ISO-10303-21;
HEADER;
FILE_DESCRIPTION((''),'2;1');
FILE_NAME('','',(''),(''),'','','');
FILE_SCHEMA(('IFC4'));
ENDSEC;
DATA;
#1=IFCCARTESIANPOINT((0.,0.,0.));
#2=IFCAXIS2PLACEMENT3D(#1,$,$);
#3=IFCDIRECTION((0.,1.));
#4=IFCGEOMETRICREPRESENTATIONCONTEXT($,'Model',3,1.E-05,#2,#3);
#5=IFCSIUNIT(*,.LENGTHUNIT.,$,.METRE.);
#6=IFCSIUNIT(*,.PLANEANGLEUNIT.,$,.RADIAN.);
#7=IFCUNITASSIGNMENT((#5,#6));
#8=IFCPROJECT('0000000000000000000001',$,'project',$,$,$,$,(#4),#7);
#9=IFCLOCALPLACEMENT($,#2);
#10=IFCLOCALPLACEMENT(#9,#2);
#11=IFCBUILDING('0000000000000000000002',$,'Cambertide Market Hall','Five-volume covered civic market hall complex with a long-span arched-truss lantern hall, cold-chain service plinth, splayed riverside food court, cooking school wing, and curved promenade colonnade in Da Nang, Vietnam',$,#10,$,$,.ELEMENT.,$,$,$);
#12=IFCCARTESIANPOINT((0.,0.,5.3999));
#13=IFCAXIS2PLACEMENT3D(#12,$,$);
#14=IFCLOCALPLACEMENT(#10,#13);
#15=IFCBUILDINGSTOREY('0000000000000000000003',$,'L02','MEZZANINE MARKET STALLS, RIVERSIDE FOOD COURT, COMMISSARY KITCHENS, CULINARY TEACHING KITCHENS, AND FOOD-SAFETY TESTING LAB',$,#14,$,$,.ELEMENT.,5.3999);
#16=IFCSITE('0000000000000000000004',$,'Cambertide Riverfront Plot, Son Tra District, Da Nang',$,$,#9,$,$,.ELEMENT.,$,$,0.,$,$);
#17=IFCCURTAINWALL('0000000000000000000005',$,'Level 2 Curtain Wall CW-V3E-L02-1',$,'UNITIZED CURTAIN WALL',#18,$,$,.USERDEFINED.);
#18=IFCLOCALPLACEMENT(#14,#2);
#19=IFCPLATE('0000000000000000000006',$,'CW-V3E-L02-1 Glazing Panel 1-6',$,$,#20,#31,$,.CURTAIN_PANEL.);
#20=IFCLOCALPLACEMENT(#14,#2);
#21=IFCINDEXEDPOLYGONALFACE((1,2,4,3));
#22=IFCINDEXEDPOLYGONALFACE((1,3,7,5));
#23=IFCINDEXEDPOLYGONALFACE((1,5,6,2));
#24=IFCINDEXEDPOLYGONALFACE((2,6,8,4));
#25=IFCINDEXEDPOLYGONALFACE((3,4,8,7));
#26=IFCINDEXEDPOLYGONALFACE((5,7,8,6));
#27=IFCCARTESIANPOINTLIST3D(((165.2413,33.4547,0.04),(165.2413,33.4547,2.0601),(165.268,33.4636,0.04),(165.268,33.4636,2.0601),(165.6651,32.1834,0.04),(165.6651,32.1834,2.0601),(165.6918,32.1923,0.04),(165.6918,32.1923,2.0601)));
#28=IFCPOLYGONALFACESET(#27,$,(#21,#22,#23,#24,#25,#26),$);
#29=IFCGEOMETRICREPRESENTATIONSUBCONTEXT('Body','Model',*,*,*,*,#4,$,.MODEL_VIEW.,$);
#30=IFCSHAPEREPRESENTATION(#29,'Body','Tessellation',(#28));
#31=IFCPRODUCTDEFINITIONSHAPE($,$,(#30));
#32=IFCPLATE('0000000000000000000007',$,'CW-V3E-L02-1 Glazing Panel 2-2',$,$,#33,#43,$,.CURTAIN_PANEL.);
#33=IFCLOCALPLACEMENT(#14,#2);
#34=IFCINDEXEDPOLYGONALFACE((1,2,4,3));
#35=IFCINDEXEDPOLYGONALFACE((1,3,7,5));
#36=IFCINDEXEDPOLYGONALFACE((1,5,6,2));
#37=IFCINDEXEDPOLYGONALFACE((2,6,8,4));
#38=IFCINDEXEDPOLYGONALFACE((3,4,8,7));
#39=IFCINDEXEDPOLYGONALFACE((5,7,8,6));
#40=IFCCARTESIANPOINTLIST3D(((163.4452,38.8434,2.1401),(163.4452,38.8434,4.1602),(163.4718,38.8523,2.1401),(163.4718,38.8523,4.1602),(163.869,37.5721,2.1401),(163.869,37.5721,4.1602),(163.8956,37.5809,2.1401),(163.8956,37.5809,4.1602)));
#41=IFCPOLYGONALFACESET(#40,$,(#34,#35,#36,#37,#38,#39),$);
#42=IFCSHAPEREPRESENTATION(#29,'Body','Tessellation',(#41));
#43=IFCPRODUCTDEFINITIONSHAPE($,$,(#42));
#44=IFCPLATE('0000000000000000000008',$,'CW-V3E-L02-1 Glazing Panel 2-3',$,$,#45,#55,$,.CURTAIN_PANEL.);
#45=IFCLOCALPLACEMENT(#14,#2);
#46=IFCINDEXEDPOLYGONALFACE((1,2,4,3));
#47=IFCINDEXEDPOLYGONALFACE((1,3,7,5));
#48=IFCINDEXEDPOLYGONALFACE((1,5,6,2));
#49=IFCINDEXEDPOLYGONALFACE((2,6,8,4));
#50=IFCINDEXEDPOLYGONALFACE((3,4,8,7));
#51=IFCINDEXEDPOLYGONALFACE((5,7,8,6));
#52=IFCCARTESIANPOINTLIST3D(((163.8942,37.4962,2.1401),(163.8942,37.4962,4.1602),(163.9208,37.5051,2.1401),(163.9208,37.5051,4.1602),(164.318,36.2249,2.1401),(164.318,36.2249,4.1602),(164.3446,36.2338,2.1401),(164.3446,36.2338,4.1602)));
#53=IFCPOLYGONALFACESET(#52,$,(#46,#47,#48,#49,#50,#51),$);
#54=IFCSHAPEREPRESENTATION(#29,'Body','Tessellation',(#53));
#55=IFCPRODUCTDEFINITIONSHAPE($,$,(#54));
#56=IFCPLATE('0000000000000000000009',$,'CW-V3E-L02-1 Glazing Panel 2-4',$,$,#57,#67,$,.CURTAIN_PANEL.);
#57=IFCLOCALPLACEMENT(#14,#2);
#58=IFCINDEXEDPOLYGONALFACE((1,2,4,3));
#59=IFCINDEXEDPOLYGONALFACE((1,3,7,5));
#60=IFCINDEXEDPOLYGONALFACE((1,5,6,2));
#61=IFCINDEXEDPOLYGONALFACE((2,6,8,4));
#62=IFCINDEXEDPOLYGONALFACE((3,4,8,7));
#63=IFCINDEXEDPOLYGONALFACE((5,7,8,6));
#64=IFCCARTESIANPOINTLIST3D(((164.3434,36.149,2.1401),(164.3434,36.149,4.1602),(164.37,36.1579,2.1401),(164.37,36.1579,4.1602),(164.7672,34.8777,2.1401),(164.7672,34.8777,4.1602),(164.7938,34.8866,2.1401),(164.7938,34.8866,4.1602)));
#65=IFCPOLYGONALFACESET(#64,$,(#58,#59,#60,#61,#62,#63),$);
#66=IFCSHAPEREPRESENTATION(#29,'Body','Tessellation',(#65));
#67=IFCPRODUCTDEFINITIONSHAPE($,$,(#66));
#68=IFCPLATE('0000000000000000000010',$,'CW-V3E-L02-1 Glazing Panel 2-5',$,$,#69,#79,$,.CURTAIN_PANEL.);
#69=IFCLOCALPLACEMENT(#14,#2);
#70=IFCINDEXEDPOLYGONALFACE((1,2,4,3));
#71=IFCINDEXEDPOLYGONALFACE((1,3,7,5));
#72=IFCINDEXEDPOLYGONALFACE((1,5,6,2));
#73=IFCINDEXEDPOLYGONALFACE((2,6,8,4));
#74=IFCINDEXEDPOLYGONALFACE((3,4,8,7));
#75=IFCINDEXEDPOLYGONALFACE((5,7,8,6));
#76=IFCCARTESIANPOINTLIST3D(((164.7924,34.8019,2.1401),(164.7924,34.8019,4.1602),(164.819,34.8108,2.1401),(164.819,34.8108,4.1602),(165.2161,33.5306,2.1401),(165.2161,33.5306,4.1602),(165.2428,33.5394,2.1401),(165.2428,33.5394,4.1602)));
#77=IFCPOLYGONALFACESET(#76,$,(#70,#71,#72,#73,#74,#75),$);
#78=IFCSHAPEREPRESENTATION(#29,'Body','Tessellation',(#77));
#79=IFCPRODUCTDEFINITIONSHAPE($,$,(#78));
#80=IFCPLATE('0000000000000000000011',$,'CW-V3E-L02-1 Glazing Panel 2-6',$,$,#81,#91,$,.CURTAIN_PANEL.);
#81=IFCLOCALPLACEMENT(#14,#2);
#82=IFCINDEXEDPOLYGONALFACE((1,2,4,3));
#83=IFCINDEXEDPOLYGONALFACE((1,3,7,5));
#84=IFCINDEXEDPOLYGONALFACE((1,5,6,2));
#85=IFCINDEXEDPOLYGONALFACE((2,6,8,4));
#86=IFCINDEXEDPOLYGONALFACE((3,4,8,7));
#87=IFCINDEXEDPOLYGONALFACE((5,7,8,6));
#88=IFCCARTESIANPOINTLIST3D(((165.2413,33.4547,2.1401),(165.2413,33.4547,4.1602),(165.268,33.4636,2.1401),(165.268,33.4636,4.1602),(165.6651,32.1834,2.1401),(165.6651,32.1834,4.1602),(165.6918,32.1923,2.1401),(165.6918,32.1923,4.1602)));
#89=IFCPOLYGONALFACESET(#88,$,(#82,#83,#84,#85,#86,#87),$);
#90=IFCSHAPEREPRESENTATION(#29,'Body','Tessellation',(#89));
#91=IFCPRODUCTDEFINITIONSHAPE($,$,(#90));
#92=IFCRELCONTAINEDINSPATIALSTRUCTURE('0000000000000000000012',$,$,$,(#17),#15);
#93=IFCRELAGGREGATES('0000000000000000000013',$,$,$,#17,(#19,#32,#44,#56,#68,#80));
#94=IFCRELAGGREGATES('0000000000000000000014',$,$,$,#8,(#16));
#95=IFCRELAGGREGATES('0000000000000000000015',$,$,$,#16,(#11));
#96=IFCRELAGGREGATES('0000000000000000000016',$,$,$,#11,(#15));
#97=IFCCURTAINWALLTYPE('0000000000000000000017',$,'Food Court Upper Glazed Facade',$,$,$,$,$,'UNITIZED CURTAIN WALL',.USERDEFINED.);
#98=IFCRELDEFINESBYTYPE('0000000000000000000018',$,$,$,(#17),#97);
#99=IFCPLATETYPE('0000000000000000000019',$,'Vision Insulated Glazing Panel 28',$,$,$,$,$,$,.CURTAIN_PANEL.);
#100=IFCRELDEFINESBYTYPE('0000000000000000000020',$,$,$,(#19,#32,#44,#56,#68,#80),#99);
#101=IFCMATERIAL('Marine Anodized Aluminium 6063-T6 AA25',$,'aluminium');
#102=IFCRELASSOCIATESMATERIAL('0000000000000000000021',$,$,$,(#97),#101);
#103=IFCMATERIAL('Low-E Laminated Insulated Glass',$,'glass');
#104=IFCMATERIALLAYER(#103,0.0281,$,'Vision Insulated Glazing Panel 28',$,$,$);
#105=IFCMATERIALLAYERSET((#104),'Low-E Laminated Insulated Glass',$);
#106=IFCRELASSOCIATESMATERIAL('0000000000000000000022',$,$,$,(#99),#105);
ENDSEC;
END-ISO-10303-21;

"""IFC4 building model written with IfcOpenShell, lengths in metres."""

from ifc_helpers import new_model, si_unit, direction, frame, origin, origin_2d, place, context, subcontext, project, spatial, rectangle, extrude, material, layer, layer_set, type_object, element, aggregate, save


model = new_model("IFC4")

# Units and contexts
model_context = context("Model", 3, precision=1e-05, world=origin(), true_north=direction((0.0, 1.0)))
body_context = subcontext(model_context, "Body", "Model", "MODEL_VIEW")
ifc_project = project(units=[si_unit("LENGTHUNIT", "METRE"), si_unit("PLANEANGLEUNIT", "RADIAN")], contexts=[model_context])

# Site, building, storey
site_placement = place(None, origin())
site = spatial("IfcSite", under=ifc_project, at=site_placement, Name="Cambertide Riverfront Plot, Son Tra District, Da Nang", CompositionType="ELEMENT", RefElevation=0.0)
building_placement = place(site_placement, origin())
building = spatial("IfcBuilding", under=site, at=building_placement, Name="Cambertide Market Hall", Description="Five-volume covered civic market hall complex with a long-span arched-truss lantern hall, cold-chain service plinth, splayed riverside food court, cooking school wing, and curved promenade colonnade in Da Nang, Vietnam", CompositionType="ELEMENT")
storey_placement = place(building_placement, frame((0.0, 0.0, 5.3999)))
storey = spatial("IfcBuildingStorey", under=building, at=storey_placement, Name="L02", Description="MEZZANINE MARKET STALLS, RIVERSIDE FOOD COURT, COMMISSARY KITCHENS, CULINARY TEACHING KITCHENS, AND FOOD-SAFETY TESTING LAB", CompositionType="ELEMENT", Elevation=5.3999)

# Curtain wall, plates
ifc_material_1 = material(Name="Marine Anodized Aluminium 6063-T6 AA25", Category="aluminium")
curtain_wall_type = type_object("IfcCurtainWallType", Name="Food Court Upper Glazed Facade", ElementType="UNITIZED CURTAIN WALL", PredefinedType="USERDEFINED", material=ifc_material_1)
curtain_wall_placement = place(storey_placement, origin())
curtain_wall = element("IfcCurtainWall", 1, at=curtain_wall_placement, inside=storey, type_object=curtain_wall_type, Name="Level 2 Curtain Wall CW-V3E-L02-1", ObjectType="UNITIZED CURTAIN WALL", PredefinedType="USERDEFINED")
ifc_material_2 = material(Name="Low-E Laminated Insulated Glass", Category="glass")
ifc_layer = layer(ifc_material_2, 0.0281, Name="Vision Insulated Glazing Panel 28")
ifc_layer_set = layer_set([ifc_layer], Name="Low-E Laminated Insulated Glass")
plate_type = type_object("IfcPlateType", Name="Vision Insulated Glazing Panel 28", PredefinedType="CURTAIN_PANEL", material=ifc_layer_set)
plate_1_placement = place(storey_placement, frame((165.4666, 32.8235, 0.04), z_axis=(0.0, 0.0, 1.0), x_axis=(0.316228, -0.948683, 0.0)))
plate_1 = element("IfcPlate", 2, at=plate_1_placement, type_object=plate_type, Name="CW-V3E-L02-1 Glazing Panel 1-6", PredefinedType="CURTAIN_PANEL", context=body_context, shape_type="SweptSolid", body=[
    extrude(rectangle(XDim=1.3401, YDim=0.0281, at=origin_2d()), origin(), (0.0, 0.0, 1.0), 2.02),
])
plate_2_placement = place(storey_placement, frame((163.6704, 38.2122, 2.1401), z_axis=(0.0, 0.0, 1.0), x_axis=(0.316228, -0.948683, 0.0)))
plate_2 = element("IfcPlate", 3, at=plate_2_placement, type_object=plate_type, Name="CW-V3E-L02-1 Glazing Panel 2-2", PredefinedType="CURTAIN_PANEL", context=body_context, shape_type="SweptSolid", body=[
    extrude(rectangle(XDim=1.3401, YDim=0.0281, at=origin_2d()), origin(), (0.0, 0.0, 1.0), 2.02),
])
plate_3_placement = place(storey_placement, frame((164.1194, 36.865, 2.1401), z_axis=(0.0, 0.0, 1.0), x_axis=(0.316228, -0.948683, 0.0)))
plate_3 = element("IfcPlate", 4, at=plate_3_placement, type_object=plate_type, Name="CW-V3E-L02-1 Glazing Panel 2-3", PredefinedType="CURTAIN_PANEL", context=body_context, shape_type="SweptSolid", body=[
    extrude(rectangle(XDim=1.3401, YDim=0.0281, at=origin_2d()), origin(), (0.0, 0.0, 1.0), 2.02),
])
plate_4_placement = place(storey_placement, frame((164.5686, 35.5178, 2.1401), z_axis=(0.0, 0.0, 1.0), x_axis=(0.316228, -0.948683, 0.0)))
plate_4 = element("IfcPlate", 5, at=plate_4_placement, type_object=plate_type, Name="CW-V3E-L02-1 Glazing Panel 2-4", PredefinedType="CURTAIN_PANEL", context=body_context, shape_type="SweptSolid", body=[
    extrude(rectangle(XDim=1.3401, YDim=0.0281, at=origin_2d()), origin(), (0.0, 0.0, 1.0), 2.02),
])
plate_5_placement = place(storey_placement, frame((165.0176, 34.1707, 2.1401), z_axis=(0.0, 0.0, 1.0), x_axis=(0.316228, -0.948683, 0.0)))
plate_5 = element("IfcPlate", 6, at=plate_5_placement, type_object=plate_type, Name="CW-V3E-L02-1 Glazing Panel 2-5", PredefinedType="CURTAIN_PANEL", context=body_context, shape_type="SweptSolid", body=[
    extrude(rectangle(XDim=1.3401, YDim=0.0281, at=origin_2d()), origin(), (0.0, 0.0, 1.0), 2.02),
])
plate_6_placement = place(storey_placement, frame((165.4666, 32.8235, 2.1401), z_axis=(0.0, 0.0, 1.0), x_axis=(0.316228, -0.948683, 0.0)))
plate_6 = element("IfcPlate", 7, at=plate_6_placement, type_object=plate_type, Name="CW-V3E-L02-1 Glazing Panel 2-6", PredefinedType="CURTAIN_PANEL", context=body_context, shape_type="SweptSolid", body=[
    extrude(rectangle(XDim=1.3401, YDim=0.0281, at=origin_2d()), origin(), (0.0, 0.0, 1.0), 2.02),
])
aggregate(curtain_wall, [plate_1, plate_2, plate_3, plate_4, plate_5, plate_6])

save(model, "model.ifc")
